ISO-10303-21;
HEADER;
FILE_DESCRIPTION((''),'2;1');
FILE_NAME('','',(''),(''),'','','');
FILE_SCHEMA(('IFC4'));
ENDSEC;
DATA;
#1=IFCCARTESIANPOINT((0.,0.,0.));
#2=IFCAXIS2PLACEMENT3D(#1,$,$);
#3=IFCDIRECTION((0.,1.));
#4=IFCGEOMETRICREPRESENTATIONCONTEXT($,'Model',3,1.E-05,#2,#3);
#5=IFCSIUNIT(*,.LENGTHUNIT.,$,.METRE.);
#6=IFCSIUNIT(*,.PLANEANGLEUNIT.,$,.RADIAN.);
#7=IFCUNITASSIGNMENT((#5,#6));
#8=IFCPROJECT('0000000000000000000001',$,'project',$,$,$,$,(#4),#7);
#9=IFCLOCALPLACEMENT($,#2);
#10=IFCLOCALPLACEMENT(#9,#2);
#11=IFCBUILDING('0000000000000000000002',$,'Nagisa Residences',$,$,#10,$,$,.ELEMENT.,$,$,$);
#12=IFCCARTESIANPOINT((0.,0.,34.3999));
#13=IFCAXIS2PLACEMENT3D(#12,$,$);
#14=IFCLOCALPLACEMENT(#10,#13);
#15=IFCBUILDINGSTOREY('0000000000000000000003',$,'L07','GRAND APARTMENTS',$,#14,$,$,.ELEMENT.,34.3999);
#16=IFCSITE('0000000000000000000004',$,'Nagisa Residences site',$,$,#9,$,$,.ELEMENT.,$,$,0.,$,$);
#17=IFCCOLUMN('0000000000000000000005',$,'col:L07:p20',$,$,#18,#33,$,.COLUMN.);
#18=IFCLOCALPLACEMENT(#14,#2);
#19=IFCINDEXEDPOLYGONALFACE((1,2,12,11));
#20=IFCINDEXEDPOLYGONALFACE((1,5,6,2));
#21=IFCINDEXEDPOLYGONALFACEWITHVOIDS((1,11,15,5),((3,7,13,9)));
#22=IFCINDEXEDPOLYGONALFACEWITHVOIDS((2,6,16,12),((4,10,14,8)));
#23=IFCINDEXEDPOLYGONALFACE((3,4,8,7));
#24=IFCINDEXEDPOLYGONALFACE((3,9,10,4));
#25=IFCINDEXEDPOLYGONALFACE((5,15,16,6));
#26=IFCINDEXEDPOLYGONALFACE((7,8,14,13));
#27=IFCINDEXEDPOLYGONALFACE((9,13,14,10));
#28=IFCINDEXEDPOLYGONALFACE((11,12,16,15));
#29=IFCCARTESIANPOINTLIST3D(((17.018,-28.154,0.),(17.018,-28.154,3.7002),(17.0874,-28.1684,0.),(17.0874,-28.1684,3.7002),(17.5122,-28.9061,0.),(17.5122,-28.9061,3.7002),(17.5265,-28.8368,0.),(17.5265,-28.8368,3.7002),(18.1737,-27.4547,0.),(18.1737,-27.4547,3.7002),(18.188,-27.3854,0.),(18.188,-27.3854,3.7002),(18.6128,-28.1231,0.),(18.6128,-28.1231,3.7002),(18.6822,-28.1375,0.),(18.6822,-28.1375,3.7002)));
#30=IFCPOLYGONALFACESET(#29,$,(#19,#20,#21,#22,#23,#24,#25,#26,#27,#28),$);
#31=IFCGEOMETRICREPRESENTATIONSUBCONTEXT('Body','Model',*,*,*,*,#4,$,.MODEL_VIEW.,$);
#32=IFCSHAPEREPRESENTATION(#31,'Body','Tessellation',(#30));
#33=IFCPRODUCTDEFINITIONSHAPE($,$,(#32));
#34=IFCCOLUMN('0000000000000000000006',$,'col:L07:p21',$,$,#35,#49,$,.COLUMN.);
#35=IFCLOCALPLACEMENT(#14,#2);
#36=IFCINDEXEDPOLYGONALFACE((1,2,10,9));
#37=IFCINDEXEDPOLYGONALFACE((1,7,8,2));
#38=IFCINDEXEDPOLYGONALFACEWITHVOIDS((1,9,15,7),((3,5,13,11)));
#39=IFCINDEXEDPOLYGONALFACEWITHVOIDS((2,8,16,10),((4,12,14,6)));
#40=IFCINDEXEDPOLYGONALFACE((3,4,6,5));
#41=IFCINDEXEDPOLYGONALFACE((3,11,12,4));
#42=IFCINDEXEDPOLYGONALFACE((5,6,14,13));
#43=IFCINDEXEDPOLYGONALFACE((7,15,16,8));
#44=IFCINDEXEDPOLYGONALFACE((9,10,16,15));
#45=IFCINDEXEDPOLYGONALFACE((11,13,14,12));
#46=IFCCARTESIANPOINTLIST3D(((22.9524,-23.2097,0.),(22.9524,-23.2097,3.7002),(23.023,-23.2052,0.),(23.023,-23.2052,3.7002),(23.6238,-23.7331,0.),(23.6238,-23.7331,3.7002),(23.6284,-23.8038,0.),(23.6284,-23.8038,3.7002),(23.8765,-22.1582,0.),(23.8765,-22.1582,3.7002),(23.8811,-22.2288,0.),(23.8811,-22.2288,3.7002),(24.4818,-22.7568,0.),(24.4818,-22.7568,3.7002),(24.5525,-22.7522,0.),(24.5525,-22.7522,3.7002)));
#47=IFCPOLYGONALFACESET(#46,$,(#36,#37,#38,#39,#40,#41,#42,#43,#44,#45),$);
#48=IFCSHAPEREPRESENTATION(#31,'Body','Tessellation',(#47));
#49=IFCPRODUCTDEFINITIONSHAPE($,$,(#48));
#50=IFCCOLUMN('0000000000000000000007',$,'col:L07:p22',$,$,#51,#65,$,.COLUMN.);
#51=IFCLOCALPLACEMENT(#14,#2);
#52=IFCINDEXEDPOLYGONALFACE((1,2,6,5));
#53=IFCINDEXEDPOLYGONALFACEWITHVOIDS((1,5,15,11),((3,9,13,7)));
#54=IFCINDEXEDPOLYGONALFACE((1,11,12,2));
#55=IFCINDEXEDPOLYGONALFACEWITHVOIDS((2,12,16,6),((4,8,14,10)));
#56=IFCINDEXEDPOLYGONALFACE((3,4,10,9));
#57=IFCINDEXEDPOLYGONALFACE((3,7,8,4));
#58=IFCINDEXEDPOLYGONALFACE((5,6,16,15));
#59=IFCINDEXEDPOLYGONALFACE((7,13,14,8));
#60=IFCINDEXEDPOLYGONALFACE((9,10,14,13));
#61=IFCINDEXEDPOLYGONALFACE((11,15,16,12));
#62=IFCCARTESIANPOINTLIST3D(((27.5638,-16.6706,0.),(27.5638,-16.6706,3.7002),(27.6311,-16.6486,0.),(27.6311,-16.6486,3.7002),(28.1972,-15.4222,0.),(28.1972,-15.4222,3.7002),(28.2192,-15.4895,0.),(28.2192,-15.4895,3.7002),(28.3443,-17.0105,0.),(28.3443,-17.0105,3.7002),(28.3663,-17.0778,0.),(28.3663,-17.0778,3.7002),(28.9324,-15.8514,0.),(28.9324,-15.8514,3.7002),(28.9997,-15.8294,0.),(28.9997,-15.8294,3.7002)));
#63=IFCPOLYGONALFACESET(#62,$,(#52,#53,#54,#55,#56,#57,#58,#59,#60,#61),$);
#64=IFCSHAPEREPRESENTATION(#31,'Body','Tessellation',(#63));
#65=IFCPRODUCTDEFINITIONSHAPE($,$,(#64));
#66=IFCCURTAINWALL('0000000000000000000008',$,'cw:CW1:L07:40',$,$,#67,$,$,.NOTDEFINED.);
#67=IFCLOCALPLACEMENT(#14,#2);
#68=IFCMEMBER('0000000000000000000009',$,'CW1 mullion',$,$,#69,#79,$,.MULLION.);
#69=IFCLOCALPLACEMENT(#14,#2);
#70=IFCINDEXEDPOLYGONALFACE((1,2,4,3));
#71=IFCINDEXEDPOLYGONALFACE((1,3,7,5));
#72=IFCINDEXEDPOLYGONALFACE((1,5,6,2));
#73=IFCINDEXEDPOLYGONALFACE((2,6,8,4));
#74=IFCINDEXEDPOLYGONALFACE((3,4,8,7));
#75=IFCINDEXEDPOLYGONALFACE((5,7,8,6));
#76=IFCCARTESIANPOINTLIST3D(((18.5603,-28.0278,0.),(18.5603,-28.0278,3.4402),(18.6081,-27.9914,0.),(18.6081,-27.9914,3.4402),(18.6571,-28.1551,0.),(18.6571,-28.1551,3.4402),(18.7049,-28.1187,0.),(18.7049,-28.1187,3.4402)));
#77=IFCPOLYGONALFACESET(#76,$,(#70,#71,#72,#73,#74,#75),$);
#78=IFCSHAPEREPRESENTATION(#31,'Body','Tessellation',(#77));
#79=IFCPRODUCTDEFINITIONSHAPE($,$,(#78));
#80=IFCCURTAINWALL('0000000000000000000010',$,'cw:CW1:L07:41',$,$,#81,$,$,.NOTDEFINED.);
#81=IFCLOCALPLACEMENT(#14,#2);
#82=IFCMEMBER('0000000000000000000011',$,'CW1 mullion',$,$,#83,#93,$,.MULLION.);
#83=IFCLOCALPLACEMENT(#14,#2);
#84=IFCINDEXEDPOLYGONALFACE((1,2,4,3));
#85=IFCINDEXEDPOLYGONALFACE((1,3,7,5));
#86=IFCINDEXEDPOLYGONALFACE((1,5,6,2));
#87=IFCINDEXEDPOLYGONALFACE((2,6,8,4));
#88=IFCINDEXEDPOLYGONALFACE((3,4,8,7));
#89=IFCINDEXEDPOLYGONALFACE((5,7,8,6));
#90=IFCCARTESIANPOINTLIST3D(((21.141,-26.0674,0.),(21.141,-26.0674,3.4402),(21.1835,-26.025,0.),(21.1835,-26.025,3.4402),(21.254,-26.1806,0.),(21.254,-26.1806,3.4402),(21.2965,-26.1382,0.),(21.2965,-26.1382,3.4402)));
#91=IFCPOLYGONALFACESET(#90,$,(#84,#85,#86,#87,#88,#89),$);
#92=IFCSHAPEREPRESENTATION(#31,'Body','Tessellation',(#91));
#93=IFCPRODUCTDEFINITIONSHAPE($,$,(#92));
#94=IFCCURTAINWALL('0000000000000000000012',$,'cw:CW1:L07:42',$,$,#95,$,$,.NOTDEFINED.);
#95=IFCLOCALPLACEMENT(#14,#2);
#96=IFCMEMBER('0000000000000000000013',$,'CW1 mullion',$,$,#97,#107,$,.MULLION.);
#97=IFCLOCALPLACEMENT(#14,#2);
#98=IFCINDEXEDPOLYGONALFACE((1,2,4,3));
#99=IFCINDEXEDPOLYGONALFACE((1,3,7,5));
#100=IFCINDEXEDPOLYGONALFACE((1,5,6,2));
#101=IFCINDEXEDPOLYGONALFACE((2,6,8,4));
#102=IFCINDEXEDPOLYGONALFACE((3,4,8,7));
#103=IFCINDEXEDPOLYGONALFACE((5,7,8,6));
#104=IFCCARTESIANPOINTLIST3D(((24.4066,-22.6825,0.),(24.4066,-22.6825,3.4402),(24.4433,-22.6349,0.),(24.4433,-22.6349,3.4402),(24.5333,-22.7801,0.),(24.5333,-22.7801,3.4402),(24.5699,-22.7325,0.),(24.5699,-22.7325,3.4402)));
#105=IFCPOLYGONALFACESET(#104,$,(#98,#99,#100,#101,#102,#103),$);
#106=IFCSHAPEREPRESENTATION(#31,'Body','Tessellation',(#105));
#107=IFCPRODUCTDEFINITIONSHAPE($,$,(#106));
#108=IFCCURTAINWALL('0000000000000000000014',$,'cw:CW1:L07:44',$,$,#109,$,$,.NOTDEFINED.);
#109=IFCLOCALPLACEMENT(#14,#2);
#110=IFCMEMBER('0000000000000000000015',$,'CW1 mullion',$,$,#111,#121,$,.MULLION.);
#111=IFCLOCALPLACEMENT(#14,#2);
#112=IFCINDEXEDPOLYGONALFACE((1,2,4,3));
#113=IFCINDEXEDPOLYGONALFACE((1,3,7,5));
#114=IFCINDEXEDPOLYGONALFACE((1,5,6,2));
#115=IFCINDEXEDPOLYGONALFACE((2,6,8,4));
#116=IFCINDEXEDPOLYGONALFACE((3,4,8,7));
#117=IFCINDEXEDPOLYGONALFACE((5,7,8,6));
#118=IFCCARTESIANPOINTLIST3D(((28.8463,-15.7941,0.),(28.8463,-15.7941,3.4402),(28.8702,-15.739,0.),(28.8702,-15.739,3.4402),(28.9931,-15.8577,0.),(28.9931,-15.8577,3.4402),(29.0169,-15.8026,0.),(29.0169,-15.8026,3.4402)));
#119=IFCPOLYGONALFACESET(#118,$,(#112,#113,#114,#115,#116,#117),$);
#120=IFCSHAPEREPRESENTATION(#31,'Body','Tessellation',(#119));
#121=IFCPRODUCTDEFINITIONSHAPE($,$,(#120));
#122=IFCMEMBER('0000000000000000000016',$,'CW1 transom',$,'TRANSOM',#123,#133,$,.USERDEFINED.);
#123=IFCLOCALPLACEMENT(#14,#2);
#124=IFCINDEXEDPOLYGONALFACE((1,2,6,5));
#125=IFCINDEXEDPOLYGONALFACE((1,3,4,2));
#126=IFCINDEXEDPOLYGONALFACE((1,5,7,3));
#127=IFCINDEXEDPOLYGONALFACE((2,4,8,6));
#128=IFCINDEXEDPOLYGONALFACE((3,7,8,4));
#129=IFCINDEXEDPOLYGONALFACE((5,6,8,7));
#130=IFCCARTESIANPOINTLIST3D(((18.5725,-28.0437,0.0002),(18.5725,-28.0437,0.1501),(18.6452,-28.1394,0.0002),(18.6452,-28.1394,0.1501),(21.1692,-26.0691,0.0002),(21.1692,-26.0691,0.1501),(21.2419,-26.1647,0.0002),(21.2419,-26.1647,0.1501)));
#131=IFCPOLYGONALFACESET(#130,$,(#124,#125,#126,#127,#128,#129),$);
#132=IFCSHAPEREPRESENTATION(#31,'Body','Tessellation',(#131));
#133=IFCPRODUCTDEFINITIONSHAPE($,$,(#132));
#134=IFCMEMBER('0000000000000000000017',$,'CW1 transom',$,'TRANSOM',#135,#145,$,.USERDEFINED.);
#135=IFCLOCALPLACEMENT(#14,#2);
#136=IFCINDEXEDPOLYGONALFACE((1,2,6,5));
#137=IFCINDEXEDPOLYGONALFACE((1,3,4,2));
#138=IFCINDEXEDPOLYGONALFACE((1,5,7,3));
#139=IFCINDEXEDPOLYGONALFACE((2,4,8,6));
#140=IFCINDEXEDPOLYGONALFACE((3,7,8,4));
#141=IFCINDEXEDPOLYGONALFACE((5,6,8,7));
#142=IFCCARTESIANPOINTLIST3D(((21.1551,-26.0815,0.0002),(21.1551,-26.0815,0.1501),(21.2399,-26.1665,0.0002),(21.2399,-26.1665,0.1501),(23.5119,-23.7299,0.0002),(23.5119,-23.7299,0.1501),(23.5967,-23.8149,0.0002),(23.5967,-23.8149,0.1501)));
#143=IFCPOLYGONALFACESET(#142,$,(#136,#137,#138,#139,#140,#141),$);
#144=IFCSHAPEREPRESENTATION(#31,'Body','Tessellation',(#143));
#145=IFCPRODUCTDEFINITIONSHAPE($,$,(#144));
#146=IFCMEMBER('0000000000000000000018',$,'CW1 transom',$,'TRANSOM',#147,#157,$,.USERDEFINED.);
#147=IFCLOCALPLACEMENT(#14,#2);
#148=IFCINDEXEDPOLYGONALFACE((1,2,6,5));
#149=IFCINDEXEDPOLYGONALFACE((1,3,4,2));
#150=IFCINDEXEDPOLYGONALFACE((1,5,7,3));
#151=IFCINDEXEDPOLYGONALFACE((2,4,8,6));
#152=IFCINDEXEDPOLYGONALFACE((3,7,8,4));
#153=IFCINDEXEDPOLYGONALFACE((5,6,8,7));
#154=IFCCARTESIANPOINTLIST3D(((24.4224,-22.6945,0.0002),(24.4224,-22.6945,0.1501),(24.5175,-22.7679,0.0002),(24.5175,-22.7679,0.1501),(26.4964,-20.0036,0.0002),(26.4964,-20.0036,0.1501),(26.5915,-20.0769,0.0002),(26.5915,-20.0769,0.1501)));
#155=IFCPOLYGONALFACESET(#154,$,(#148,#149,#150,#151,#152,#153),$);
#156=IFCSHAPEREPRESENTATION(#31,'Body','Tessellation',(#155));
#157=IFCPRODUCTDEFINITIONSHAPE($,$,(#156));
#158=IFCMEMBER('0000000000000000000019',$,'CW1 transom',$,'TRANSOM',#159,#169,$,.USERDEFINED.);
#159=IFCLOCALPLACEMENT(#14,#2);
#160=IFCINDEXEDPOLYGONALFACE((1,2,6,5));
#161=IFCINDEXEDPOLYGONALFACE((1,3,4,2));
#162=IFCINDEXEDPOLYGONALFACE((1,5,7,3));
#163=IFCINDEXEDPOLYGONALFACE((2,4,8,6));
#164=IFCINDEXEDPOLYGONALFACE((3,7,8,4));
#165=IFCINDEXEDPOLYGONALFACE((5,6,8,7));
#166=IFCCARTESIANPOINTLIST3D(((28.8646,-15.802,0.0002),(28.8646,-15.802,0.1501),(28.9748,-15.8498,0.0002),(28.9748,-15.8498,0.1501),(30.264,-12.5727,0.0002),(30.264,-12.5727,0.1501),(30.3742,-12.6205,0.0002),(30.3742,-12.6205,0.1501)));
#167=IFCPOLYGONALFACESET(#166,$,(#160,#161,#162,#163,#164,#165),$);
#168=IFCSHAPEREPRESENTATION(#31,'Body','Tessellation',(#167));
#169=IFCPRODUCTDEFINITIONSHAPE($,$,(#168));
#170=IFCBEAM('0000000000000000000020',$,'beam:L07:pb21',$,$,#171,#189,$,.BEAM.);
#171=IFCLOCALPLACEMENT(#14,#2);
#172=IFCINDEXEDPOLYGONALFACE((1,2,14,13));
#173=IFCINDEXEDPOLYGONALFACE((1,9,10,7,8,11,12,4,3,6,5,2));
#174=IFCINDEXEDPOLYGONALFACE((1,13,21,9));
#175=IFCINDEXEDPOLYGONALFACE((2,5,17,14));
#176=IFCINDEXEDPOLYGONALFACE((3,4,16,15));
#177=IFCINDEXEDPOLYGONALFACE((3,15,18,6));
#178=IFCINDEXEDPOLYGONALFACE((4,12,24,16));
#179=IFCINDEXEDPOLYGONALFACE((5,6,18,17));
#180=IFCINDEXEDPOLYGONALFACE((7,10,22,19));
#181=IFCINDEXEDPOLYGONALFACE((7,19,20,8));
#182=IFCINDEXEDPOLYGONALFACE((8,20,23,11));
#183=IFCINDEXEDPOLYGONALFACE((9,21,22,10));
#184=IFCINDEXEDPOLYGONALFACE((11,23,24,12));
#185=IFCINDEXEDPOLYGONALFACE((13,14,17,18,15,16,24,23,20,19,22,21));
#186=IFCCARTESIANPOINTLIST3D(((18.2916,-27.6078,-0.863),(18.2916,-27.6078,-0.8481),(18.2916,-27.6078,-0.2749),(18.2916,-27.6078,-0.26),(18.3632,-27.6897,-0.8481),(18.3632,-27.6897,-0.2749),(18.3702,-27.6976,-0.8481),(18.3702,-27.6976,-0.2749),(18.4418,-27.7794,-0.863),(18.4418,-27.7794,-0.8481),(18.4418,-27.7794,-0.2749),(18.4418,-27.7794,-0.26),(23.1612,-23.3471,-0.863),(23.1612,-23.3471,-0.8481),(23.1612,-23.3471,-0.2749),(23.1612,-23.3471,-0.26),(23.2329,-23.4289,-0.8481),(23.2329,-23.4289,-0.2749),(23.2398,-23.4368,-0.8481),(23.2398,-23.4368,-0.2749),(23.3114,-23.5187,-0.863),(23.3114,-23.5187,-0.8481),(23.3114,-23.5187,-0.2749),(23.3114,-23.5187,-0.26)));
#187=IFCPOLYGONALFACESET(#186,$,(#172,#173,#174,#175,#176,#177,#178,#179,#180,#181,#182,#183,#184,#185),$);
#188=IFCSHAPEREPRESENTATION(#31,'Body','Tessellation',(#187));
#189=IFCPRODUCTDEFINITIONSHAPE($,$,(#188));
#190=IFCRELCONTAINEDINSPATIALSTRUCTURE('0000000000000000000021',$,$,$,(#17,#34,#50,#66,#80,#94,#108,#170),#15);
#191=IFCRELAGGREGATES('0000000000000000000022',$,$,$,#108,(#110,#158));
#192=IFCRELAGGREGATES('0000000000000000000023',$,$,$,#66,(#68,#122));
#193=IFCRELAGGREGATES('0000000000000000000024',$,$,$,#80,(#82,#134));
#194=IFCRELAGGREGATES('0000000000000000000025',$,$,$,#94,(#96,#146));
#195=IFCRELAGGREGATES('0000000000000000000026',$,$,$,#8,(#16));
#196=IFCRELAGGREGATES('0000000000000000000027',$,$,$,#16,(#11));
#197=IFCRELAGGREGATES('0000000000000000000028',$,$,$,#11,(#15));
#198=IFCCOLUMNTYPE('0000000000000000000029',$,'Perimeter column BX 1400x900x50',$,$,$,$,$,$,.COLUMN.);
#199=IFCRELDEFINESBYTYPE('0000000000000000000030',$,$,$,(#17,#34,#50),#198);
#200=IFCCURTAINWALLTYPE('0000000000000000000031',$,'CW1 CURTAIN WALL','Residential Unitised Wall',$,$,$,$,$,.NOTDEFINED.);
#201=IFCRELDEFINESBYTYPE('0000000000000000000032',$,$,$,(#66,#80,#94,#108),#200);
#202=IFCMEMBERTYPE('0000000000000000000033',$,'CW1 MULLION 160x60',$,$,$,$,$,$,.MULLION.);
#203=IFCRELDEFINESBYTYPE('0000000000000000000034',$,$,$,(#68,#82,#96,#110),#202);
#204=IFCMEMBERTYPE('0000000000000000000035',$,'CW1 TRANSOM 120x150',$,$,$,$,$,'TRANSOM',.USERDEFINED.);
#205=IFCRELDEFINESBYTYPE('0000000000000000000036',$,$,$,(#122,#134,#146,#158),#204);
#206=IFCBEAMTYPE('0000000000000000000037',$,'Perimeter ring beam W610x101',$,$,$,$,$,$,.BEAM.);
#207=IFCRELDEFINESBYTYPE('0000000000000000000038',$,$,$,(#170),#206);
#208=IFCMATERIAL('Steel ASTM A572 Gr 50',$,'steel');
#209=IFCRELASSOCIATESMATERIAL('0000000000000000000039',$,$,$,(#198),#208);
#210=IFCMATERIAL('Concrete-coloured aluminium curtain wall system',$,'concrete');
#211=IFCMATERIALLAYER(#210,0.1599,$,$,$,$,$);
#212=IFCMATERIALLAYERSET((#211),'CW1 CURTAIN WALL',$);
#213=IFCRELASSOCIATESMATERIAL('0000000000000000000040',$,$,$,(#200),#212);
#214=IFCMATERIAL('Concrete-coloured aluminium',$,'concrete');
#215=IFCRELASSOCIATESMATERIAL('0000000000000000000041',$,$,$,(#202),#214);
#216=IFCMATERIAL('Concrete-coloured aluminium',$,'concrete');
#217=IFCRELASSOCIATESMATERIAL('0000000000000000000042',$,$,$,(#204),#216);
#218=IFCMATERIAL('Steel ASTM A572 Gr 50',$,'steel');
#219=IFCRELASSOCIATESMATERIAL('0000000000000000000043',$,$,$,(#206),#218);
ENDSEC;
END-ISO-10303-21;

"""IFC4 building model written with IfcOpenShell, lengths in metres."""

from ifc_helpers import new_model, si_unit, direction, frame, origin, origin_2d, place, context, subcontext, project, spatial, rectangle, hollow_rectangle, i_section, extrude, material, layer, layer_set, material_profile, profile_set, type_object, element, aggregate, save


model = new_model("IFC4")

# Units and contexts
model_context = context("Model", 3, precision=1e-05, world=origin(), true_north=direction((0.0, 1.0)))
body_context = subcontext(model_context, "Body", "Model", "MODEL_VIEW")
ifc_project = project(units=[si_unit("LENGTHUNIT", "METRE"), si_unit("PLANEANGLEUNIT", "RADIAN")], contexts=[model_context])

# Site, building, storey
site_placement = place(None, origin())
site = spatial("IfcSite", under=ifc_project, at=site_placement, Name="Nagisa Residences site", CompositionType="ELEMENT", RefElevation=0.0)
building_placement = place(site_placement, origin())
building = spatial("IfcBuilding", under=site, at=building_placement, Name="Nagisa Residences", CompositionType="ELEMENT")
storey_placement = place(building_placement, frame((0.0, 0.0, 34.3999)))
storey = spatial("IfcBuildingStorey", under=building, at=storey_placement, Name="L07", Description="GRAND APARTMENTS", CompositionType="ELEMENT", Elevation=34.3999)

# Columns
ifc_material_1 = material(Name="Steel ASTM A572 Gr 50", Category="steel")
ifc_material_profile_1 = material_profile(ifc_material_1, hollow_rectangle(XDim=1.3999, YDim=0.8999, WallThickness=0.05, at=origin_2d()), Name="BX 1400x900x50")
ifc_profile_set_1 = profile_set([ifc_material_profile_1], Name="Steel ASTM A572 Gr 50")
column_type = type_object("IfcColumnType", Name="Perimeter column BX 1400x900x50", PredefinedType="COLUMN", material=ifc_profile_set_1)
for number, where, z_axis, x_axis, name in (
    (1, (17.8501, -28.1458, 0.0), (0.0, 0.0, 1.0), (0.835766, 0.549086, 0.0), "col:L07:p20"),
    (2, (23.7524, -22.981, 0.0), (0.0, 0.0, 1.0), (0.660115, 0.751165, 0.0), "col:L07:p21"),
    (3, (28.2817, -16.25, 0.0), (0.0, 0.0, 1.0), (0.452463, 0.891783, 0.0), "col:L07:p22"),
):
    element("IfcColumn", number, at=place(storey_placement, frame(where, z_axis=z_axis, x_axis=x_axis)), inside=storey, type_object=column_type, Name=name, PredefinedType="COLUMN", context=body_context, shape_type="SweptSolid", body=[
        extrude(hollow_rectangle(XDim=1.3999, YDim=0.8999, WallThickness=0.05, at=origin_2d()), origin(), (0.0, 0.0, 1.0), 3.7002),
    ])

# Curtain walls, members
ifc_material_2 = material(Name="Concrete-coloured aluminium curtain wall system", Category="concrete")
ifc_layer_1 = layer(ifc_material_2, 0.1599)
ifc_layer_set_1 = layer_set([ifc_layer_1], Name="CW1 CURTAIN WALL")
curtain_wall_type = type_object("IfcCurtainWallType", Name="CW1 CURTAIN WALL", Description="Residential Unitised Wall", PredefinedType="NOTDEFINED", material=ifc_layer_set_1)
curtain_wall_1_placement = place(storey_placement, origin())
curtain_wall_1 = element("IfcCurtainWall", 4, at=curtain_wall_1_placement, inside=storey, type_object=curtain_wall_type, Name="cw:CW1:L07:40", PredefinedType="NOTDEFINED")
ifc_material_3 = material(Name="Concrete-coloured aluminium", Category="concrete")
ifc_material_profile_2 = material_profile(ifc_material_3, rectangle(XDim=0.1599, YDim=0.0601, at=origin_2d()), Name="CW1 MULLION 160x60")
ifc_profile_set_2 = profile_set([ifc_material_profile_2], Name="Concrete-coloured aluminium")
member_type_1 = type_object("IfcMemberType", Name="CW1 MULLION 160x60", PredefinedType="MULLION", material=ifc_profile_set_2)
member_1_placement = place(storey_placement, frame((18.6326, -28.0732, 0.0), z_axis=(0.0, 0.0, 1.0), x_axis=(-0.605255, 0.796031, 0.0)))
member_1 = element("IfcMember", 5, at=member_1_placement, type_object=member_type_1, Name="CW1 mullion", PredefinedType="MULLION", context=body_context, shape_type="SweptSolid", body=[
    extrude(rectangle(XDim=0.1599, YDim=0.0601, at=origin_2d()), origin(), (0.0, 0.0, 1.0), 3.4402),
])
curtain_wall_2_placement = place(storey_placement, origin())
curtain_wall_2 = element("IfcCurtainWall", 6, at=curtain_wall_2_placement, inside=storey, type_object=curtain_wall_type, Name="cw:CW1:L07:41", PredefinedType="NOTDEFINED")
member_2_placement = place(storey_placement, frame((21.2188, -26.1028, 0.0), z_axis=(0.0, 0.0, 1.0), x_axis=(-0.706377, 0.707836, 0.0)))
member_2 = element("IfcMember", 7, at=member_2_placement, type_object=member_type_1, Name="CW1 mullion", PredefinedType="MULLION", context=body_context, shape_type="SweptSolid", body=[
    extrude(rectangle(XDim=0.1599, YDim=0.0601, at=origin_2d()), origin(), (0.0, 0.0, 1.0), 3.4402),
])
curtain_wall_3_placement = place(storey_placement, origin())
curtain_wall_3 = element("IfcCurtainWall", 8, at=curtain_wall_3_placement, inside=storey, type_object=curtain_wall_type, Name="cw:CW1:L07:42", PredefinedType="NOTDEFINED")
member_3_placement = place(storey_placement, frame((24.4883, -22.7075, 0.0), z_axis=(0.0, 0.0, 1.0), x_axis=(-0.79207, 0.61043, 0.0)))
member_3 = element("IfcMember", 9, at=member_3_placement, type_object=member_type_1, Name="CW1 mullion", PredefinedType="MULLION", context=body_context, shape_type="SweptSolid", body=[
    extrude(rectangle(XDim=0.1599, YDim=0.0601, at=origin_2d()), origin(), (0.0, 0.0, 1.0), 3.4402),
])
curtain_wall_4_placement = place(storey_placement, origin())
curtain_wall_4 = element("IfcCurtainWall", 10, at=curtain_wall_4_placement, inside=storey, type_object=curtain_wall_type, Name="cw:CW1:L07:44", PredefinedType="NOTDEFINED")
member_4_placement = place(storey_placement, frame((28.9316, -15.7983, 0.0), z_axis=(0.0, 0.0, 1.0), x_axis=(-0.917543, 0.397636, 0.0)))
member_4 = element("IfcMember", 11, at=member_4_placement, type_object=member_type_1, Name="CW1 mullion", PredefinedType="MULLION", context=body_context, shape_type="SweptSolid", body=[
    extrude(rectangle(XDim=0.1599, YDim=0.0601, at=origin_2d()), origin(), (0.0, 0.0, 1.0), 3.4402),
])

# Members
ifc_material_4 = material(Name="Concrete-coloured aluminium", Category="concrete")
ifc_material_profile_3 = material_profile(ifc_material_4, rectangle(XDim=0.1201, YDim=0.1499, at=origin_2d()), Name="CW1 TRANSOM 120x150")
ifc_profile_set_3 = profile_set([ifc_material_profile_3], Name="Concrete-coloured aluminium")
member_type_2 = type_object("IfcMemberType", Name="CW1 TRANSOM 120x150", ElementType="TRANSOM", PredefinedType="USERDEFINED", material=ifc_profile_set_3)
member_5_placement = place(storey_placement, frame((18.6089, -28.0916, 0.0752), z_axis=(0.795995, 0.605303, 0.0), x_axis=(-0.605303, 0.795995, 0.0)))
member_5 = element("IfcMember", 12, at=member_5_placement, type_object=member_type_2, Name="CW1 transom", ObjectType="TRANSOM", PredefinedType="USERDEFINED", context=body_context, shape_type="SweptSolid", body=[
    extrude(rectangle(XDim=0.1201, YDim=0.1499, at=origin_2d()), origin(), (0.0, 0.0, 1.0), 3.2622),
])
member_6_placement = place(storey_placement, frame((21.1975, -26.124, 0.0752), z_axis=(0.707876, 0.706336, 0.0), x_axis=(-0.706336, 0.707876, 0.0)))
member_6 = element("IfcMember", 13, at=member_6_placement, type_object=member_type_2, Name="CW1 transom", ObjectType="TRANSOM", PredefinedType="USERDEFINED", context=body_context, shape_type="SweptSolid", body=[
    extrude(rectangle(XDim=0.1201, YDim=0.1499, at=origin_2d()), origin(), (0.0, 0.0, 1.0), 3.3293),
])
member_7_placement = place(storey_placement, frame((24.47, -22.7312, 0.0752), z_axis=(0.610457, 0.792049, 0.0), x_axis=(-0.792049, 0.610457, 0.0)))
member_7 = element("IfcMember", 14, at=member_7_placement, type_object=member_type_2, Name="CW1 transom", ObjectType="TRANSOM", PredefinedType="USERDEFINED", context=body_context, shape_type="SweptSolid", body=[
    extrude(rectangle(XDim=0.1201, YDim=0.1499, at=origin_2d()), origin(), (0.0, 0.0, 1.0), 3.3975),
])
member_8_placement = place(storey_placement, frame((28.9197, -15.8259, 0.0752), z_axis=(0.397625, 0.917548, 0.0), x_axis=(-0.917548, 0.397625, 0.0)))
member_8 = element("IfcMember", 15, at=member_8_placement, type_object=member_type_2, Name="CW1 transom", ObjectType="TRANSOM", PredefinedType="USERDEFINED", context=body_context, shape_type="SweptSolid", body=[
    extrude(rectangle(XDim=0.1201, YDim=0.1499, at=origin_2d()), origin(), (0.0, 0.0, 1.0), 3.5195),
])
aggregate(curtain_wall_4, [member_4, member_8])

# Beam
ifc_material_5 = material(Name="Steel ASTM A572 Gr 50", Category="steel")
ifc_material_profile_4 = material_profile(ifc_material_5, i_section(OverallWidth=0.228, OverallDepth=0.603, WebThickness=0.0105, FlangeThickness=0.0149, at=origin_2d()), Name="W610x101")
ifc_profile_set_4 = profile_set([ifc_material_profile_4], Name="Steel ASTM A572 Gr 50")
beam_type_1 = type_object("IfcBeamType", Name="Perimeter ring beam W610x101", PredefinedType="BEAM", material=ifc_profile_set_4)
beam_1_placement = place(storey_placement, frame((18.3667, -27.6936, -0.5615), z_axis=(0.752591, 0.658489, 0.0), x_axis=(-0.658489, 0.752591, 0.0)))
element("IfcBeam", 16, at=beam_1_placement, inside=storey, type_object=beam_type_1, Name="beam:L07:pb21", PredefinedType="BEAM", context=body_context, shape_type="SweptSolid", body=[
    extrude(i_section(OverallWidth=0.228, OverallDepth=0.603, WebThickness=0.0105, FlangeThickness=0.0149, at=origin_2d()), origin(), (0.0, 0.0, 1.0), 6.4705),
])

aggregate(curtain_wall_1, [member_1, member_5])
aggregate(curtain_wall_2, [member_2, member_6])
aggregate(curtain_wall_3, [member_3, member_7])

save(model, "model.ifc")
